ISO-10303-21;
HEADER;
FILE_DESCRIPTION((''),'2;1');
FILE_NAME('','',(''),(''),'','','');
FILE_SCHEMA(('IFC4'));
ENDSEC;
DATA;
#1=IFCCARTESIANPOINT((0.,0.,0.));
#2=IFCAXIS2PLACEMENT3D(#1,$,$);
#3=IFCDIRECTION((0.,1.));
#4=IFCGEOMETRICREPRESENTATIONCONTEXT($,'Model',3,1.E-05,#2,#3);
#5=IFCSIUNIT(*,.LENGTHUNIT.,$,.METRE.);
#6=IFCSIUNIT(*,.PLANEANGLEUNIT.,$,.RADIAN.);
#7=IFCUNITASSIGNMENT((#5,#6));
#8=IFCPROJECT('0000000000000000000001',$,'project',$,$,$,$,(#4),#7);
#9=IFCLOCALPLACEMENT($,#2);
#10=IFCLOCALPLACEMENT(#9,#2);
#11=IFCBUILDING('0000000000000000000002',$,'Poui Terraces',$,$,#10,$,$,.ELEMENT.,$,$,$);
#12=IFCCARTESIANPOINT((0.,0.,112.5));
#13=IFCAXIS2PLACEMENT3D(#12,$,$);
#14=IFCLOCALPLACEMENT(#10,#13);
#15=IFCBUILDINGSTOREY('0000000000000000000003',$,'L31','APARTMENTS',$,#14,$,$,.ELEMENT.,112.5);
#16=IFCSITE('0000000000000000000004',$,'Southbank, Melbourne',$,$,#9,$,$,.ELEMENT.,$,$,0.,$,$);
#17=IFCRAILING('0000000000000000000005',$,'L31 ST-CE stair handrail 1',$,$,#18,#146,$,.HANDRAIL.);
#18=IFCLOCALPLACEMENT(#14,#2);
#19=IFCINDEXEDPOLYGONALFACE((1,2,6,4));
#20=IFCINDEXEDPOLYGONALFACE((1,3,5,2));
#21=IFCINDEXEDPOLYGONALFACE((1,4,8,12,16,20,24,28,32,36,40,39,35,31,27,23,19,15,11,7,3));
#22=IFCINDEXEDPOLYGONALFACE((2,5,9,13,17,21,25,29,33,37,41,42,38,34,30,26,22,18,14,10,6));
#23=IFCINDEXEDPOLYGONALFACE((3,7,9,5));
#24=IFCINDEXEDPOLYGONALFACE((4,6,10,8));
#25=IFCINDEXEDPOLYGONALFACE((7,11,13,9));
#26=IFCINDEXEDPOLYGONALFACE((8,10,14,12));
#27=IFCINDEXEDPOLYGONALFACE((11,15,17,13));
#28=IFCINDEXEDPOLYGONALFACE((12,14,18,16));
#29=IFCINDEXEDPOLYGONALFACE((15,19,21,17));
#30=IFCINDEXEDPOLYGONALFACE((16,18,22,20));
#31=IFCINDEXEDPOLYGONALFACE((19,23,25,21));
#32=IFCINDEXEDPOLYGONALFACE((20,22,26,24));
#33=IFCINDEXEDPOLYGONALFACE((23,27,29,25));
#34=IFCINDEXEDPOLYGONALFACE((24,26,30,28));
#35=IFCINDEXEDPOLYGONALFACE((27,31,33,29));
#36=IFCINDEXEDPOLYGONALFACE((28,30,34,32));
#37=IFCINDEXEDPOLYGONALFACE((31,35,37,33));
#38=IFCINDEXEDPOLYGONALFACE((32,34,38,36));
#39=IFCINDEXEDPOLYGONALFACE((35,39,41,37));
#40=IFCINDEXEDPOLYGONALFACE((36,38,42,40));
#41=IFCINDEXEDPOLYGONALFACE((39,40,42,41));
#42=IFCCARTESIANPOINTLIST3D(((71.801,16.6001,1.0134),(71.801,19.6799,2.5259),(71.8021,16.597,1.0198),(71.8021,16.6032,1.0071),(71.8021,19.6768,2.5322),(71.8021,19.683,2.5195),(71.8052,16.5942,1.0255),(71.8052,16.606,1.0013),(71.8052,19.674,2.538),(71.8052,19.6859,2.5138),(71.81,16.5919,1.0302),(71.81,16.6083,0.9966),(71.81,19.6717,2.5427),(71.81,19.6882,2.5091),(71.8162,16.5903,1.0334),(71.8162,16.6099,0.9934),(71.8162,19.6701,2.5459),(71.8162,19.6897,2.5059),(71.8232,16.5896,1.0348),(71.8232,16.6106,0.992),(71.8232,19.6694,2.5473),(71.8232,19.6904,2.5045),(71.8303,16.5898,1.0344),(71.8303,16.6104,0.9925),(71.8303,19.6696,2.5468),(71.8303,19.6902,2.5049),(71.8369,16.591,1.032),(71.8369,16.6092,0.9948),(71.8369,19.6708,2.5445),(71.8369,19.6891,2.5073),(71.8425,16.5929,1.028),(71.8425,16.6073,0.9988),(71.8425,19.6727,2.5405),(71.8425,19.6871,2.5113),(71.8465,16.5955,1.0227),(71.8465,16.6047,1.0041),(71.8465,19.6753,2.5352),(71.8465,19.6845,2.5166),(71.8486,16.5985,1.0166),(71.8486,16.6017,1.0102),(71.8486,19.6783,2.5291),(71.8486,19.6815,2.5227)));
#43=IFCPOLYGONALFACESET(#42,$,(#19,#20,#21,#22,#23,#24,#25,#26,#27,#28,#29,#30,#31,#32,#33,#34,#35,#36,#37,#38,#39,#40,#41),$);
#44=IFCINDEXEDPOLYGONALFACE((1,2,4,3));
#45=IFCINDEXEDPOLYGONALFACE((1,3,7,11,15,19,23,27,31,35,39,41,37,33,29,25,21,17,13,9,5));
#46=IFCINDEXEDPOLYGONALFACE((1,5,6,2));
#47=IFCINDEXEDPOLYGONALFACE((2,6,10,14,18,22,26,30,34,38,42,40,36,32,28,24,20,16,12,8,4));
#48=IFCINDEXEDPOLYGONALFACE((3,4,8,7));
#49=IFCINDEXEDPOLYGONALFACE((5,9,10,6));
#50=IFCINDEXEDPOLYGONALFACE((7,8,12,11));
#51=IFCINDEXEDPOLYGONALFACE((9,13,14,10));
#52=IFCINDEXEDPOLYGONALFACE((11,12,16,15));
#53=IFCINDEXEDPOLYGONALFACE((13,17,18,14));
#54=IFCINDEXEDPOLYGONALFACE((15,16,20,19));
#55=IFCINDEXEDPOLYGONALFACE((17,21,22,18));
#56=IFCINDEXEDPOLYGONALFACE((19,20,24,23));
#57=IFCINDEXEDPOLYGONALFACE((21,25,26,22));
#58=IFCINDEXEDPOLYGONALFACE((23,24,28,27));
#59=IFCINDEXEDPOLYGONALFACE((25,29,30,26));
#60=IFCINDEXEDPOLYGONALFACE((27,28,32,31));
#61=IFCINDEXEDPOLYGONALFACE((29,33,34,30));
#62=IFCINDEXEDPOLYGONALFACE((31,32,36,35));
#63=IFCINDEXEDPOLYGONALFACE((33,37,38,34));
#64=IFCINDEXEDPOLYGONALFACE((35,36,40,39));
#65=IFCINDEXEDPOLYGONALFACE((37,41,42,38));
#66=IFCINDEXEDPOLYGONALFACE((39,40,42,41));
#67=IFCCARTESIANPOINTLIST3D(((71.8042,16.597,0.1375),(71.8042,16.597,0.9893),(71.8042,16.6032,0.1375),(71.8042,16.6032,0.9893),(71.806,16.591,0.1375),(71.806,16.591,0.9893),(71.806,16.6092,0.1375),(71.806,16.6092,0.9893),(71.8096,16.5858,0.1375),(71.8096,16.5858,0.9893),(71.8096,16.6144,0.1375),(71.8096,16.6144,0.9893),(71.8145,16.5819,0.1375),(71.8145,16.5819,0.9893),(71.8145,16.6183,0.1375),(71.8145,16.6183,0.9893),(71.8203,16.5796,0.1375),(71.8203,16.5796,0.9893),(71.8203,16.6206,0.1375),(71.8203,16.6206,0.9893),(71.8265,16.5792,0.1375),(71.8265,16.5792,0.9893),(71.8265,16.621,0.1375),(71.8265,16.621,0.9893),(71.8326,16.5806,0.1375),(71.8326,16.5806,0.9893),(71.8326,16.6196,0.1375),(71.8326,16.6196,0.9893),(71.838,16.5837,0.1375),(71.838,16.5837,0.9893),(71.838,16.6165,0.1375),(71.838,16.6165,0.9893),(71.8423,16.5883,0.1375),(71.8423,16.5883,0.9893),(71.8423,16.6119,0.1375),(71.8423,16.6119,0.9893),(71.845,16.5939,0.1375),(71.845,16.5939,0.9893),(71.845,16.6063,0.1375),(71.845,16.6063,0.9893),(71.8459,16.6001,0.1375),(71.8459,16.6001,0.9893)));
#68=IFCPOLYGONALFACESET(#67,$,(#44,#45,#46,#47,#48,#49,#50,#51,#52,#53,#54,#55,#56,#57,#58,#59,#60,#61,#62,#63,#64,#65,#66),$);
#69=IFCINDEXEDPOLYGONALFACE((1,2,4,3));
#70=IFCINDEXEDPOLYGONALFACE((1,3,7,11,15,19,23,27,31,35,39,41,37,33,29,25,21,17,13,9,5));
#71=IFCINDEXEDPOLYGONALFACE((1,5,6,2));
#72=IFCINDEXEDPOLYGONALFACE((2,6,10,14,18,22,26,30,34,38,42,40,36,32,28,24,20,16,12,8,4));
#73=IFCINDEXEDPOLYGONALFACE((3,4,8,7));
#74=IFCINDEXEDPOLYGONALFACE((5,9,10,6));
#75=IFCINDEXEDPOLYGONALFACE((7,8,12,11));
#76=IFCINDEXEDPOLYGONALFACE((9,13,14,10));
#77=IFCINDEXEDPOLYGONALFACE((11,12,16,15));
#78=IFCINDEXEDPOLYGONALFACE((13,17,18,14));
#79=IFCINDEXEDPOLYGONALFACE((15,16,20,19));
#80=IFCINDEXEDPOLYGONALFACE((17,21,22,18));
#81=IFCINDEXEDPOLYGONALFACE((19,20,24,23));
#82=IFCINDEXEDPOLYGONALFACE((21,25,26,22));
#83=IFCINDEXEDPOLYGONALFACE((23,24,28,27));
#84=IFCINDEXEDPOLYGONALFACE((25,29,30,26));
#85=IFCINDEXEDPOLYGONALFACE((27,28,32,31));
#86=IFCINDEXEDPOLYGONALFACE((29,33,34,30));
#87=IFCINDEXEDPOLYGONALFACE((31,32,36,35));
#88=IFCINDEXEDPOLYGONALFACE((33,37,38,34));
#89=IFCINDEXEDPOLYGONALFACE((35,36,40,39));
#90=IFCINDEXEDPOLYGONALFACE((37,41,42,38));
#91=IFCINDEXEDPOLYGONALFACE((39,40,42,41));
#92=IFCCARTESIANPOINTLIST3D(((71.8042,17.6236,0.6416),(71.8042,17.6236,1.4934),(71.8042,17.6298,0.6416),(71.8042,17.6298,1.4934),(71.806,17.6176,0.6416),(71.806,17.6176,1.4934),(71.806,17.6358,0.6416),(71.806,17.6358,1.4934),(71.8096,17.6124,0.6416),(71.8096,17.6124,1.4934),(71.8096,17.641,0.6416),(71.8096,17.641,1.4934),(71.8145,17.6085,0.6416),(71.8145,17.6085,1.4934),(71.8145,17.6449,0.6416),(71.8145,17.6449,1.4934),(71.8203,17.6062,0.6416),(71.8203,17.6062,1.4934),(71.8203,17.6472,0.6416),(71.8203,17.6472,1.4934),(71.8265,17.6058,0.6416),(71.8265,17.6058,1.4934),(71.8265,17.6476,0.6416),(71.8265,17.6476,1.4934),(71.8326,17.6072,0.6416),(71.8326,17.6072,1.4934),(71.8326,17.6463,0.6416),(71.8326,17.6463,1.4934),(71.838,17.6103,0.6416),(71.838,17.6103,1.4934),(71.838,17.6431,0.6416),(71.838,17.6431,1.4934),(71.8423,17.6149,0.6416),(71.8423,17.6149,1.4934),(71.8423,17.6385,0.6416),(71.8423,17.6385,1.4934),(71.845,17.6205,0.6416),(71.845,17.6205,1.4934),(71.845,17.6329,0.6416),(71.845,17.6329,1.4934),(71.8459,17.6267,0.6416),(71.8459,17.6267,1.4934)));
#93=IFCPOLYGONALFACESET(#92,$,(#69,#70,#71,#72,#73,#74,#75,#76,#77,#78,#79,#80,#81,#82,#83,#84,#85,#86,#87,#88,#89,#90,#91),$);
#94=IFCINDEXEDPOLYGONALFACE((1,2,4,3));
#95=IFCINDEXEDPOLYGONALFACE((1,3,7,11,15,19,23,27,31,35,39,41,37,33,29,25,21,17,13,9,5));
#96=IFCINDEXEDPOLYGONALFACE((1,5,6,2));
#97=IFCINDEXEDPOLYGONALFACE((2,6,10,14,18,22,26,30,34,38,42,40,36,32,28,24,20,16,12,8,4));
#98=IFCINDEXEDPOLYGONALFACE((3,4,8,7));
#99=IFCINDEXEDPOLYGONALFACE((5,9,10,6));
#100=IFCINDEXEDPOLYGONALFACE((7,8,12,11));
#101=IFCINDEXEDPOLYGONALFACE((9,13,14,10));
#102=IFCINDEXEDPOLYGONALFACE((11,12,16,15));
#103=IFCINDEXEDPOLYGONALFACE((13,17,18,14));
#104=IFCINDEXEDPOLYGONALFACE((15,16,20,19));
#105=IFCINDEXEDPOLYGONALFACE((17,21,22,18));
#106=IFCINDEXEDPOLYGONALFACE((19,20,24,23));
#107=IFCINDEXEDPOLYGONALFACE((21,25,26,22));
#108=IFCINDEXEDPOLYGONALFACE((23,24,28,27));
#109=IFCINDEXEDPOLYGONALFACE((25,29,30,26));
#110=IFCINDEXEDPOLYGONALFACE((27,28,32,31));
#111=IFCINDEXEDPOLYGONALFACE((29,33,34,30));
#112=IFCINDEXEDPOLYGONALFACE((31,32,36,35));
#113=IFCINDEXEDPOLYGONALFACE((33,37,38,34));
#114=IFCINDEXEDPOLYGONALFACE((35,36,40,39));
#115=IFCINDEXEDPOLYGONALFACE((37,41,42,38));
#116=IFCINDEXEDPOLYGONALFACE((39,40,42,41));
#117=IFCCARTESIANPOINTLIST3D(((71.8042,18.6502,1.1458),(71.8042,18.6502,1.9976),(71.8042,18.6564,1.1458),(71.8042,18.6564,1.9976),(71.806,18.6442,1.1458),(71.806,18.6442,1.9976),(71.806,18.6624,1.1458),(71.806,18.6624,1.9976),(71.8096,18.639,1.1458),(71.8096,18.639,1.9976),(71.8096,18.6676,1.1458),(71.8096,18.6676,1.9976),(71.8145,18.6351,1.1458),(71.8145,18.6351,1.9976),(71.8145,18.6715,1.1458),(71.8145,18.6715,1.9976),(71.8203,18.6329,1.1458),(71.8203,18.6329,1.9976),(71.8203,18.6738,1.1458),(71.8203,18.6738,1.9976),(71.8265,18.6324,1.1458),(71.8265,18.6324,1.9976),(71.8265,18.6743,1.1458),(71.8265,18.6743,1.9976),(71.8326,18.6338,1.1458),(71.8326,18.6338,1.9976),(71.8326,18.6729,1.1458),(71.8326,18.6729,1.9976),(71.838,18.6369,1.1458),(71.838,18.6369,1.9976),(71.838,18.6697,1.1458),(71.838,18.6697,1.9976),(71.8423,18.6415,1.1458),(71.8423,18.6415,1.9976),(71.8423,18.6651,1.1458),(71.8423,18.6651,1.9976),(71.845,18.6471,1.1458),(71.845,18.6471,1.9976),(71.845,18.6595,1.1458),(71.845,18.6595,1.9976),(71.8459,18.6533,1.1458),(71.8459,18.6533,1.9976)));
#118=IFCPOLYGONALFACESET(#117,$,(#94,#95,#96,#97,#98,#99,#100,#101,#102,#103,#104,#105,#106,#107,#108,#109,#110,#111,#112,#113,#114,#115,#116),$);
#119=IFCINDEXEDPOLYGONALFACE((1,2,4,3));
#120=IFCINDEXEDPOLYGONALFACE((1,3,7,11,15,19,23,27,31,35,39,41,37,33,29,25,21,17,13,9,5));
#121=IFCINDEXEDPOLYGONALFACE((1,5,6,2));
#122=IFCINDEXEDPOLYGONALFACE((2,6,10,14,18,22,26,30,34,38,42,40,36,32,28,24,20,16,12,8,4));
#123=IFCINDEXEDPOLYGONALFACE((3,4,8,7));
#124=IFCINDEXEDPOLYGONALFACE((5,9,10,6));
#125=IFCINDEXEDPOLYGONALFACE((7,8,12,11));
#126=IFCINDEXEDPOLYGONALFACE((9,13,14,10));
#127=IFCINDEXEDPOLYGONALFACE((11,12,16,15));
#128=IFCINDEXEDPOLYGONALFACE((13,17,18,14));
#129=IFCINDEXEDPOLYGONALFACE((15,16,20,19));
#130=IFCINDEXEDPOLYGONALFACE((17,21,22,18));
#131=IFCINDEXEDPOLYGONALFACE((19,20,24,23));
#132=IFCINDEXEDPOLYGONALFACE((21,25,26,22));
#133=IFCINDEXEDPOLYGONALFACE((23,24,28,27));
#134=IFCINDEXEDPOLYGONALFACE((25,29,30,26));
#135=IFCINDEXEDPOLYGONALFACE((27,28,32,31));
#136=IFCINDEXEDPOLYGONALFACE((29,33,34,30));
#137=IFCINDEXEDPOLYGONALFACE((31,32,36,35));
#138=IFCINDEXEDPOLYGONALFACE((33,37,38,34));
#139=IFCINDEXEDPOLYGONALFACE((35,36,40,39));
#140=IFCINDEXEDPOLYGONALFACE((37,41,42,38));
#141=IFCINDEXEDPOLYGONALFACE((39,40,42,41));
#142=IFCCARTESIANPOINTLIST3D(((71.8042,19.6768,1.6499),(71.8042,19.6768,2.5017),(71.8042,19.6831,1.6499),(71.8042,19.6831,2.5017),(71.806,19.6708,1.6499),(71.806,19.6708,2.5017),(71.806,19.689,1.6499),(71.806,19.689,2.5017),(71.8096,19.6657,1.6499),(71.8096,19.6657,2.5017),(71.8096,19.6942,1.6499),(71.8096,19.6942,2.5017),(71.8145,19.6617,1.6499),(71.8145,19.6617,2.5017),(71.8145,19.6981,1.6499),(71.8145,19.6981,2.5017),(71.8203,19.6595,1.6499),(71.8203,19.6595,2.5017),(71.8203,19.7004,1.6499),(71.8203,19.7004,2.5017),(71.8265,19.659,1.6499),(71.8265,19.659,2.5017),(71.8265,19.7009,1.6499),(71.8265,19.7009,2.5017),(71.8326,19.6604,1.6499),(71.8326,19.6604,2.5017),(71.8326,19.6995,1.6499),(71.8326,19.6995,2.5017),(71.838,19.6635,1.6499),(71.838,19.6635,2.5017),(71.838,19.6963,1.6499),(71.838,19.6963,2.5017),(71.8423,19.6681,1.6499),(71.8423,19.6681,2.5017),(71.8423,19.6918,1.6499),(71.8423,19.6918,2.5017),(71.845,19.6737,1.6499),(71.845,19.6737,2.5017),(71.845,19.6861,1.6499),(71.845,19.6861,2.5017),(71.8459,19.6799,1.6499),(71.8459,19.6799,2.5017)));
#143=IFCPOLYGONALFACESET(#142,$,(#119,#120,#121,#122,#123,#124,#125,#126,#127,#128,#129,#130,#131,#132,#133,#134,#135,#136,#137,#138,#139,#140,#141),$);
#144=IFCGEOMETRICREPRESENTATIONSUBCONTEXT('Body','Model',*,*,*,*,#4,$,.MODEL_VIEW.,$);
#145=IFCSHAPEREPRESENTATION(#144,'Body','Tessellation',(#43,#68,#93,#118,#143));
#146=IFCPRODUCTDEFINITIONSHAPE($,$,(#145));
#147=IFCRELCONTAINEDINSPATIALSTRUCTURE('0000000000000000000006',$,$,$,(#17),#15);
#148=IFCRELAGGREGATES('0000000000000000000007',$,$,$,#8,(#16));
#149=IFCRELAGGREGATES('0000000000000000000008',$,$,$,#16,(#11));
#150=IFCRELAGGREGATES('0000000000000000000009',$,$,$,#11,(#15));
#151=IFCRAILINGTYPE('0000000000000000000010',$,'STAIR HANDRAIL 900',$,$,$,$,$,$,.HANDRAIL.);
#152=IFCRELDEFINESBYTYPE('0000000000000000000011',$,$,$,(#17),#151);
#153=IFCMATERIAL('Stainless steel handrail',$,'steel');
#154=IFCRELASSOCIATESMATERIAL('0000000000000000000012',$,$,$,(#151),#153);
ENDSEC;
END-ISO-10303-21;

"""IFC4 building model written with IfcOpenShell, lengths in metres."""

from ifc_helpers import new_model, si_unit, direction, frame, origin, origin_2d, place, context, subcontext, project, spatial, circle, extrude, material, type_object, element, save


model = new_model("IFC4")

# Units and contexts
model_context = context("Model", 3, precision=1e-05, world=origin(), true_north=direction((0.0, 1.0)))
body_context = subcontext(model_context, "Body", "Model", "MODEL_VIEW")
ifc_project = project(units=[si_unit("LENGTHUNIT", "METRE"), si_unit("PLANEANGLEUNIT", "RADIAN")], contexts=[model_context])

# Site, building, storey
site_placement = place(None, origin())
site = spatial("IfcSite", under=ifc_project, at=site_placement, Name="Southbank, Melbourne", CompositionType="ELEMENT", RefElevation=0.0)
building_placement = place(site_placement, origin())
building = spatial("IfcBuilding", under=site, at=building_placement, Name="Poui Terraces", CompositionType="ELEMENT")
storey_placement = place(building_placement, frame((0.0, 0.0, 112.5)))
storey = spatial("IfcBuildingStorey", under=building, at=storey_placement, Name="L31", Description="APARTMENTS", CompositionType="ELEMENT", Elevation=112.5)

# Railing
ifc_material_1 = material(Name="Stainless steel handrail", Category="steel")
railing_type_1 = type_object("IfcRailingType", Name="STAIR HANDRAIL 900", PredefinedType="HANDRAIL", material=ifc_material_1)
railing_1_placement = place(storey_placement, frame((71.825, 16.6001, 0.1375)))
element("IfcRailing", 1, at=railing_1_placement, inside=storey, type_object=railing_type_1, Name="L31 ST-CE stair handrail 1", PredefinedType="HANDRAIL", context=body_context, shape_type="SweptSolid", body=[
    extrude(circle(Radius=0.0239, at=origin_2d()), frame((0.0, 0.0, 0.876), z_axis=(0.0, 0.897606, 0.440798), x_axis=(-1.0, 0.0, 0.0)), (0.0, 0.0, 1.0), 3.4312),
    extrude(circle(Radius=0.021, at=origin_2d()), origin(), (0.0, 0.0, 1.0), 0.8518),
    extrude(circle(Radius=0.021, at=origin_2d()), frame((0.0, 1.0266, 0.5042)), (0.0, 0.0, 1.0), 0.8518),
    extrude(circle(Radius=0.021, at=origin_2d()), frame((0.0, 2.0532, 1.0083)), (0.0, 0.0, 1.0), 0.8518),
    extrude(circle(Radius=0.021, at=origin_2d()), frame((0.0, 3.0798, 1.5125)), (0.0, 0.0, 1.0), 0.8518),
])

save(model, "model.ifc")
